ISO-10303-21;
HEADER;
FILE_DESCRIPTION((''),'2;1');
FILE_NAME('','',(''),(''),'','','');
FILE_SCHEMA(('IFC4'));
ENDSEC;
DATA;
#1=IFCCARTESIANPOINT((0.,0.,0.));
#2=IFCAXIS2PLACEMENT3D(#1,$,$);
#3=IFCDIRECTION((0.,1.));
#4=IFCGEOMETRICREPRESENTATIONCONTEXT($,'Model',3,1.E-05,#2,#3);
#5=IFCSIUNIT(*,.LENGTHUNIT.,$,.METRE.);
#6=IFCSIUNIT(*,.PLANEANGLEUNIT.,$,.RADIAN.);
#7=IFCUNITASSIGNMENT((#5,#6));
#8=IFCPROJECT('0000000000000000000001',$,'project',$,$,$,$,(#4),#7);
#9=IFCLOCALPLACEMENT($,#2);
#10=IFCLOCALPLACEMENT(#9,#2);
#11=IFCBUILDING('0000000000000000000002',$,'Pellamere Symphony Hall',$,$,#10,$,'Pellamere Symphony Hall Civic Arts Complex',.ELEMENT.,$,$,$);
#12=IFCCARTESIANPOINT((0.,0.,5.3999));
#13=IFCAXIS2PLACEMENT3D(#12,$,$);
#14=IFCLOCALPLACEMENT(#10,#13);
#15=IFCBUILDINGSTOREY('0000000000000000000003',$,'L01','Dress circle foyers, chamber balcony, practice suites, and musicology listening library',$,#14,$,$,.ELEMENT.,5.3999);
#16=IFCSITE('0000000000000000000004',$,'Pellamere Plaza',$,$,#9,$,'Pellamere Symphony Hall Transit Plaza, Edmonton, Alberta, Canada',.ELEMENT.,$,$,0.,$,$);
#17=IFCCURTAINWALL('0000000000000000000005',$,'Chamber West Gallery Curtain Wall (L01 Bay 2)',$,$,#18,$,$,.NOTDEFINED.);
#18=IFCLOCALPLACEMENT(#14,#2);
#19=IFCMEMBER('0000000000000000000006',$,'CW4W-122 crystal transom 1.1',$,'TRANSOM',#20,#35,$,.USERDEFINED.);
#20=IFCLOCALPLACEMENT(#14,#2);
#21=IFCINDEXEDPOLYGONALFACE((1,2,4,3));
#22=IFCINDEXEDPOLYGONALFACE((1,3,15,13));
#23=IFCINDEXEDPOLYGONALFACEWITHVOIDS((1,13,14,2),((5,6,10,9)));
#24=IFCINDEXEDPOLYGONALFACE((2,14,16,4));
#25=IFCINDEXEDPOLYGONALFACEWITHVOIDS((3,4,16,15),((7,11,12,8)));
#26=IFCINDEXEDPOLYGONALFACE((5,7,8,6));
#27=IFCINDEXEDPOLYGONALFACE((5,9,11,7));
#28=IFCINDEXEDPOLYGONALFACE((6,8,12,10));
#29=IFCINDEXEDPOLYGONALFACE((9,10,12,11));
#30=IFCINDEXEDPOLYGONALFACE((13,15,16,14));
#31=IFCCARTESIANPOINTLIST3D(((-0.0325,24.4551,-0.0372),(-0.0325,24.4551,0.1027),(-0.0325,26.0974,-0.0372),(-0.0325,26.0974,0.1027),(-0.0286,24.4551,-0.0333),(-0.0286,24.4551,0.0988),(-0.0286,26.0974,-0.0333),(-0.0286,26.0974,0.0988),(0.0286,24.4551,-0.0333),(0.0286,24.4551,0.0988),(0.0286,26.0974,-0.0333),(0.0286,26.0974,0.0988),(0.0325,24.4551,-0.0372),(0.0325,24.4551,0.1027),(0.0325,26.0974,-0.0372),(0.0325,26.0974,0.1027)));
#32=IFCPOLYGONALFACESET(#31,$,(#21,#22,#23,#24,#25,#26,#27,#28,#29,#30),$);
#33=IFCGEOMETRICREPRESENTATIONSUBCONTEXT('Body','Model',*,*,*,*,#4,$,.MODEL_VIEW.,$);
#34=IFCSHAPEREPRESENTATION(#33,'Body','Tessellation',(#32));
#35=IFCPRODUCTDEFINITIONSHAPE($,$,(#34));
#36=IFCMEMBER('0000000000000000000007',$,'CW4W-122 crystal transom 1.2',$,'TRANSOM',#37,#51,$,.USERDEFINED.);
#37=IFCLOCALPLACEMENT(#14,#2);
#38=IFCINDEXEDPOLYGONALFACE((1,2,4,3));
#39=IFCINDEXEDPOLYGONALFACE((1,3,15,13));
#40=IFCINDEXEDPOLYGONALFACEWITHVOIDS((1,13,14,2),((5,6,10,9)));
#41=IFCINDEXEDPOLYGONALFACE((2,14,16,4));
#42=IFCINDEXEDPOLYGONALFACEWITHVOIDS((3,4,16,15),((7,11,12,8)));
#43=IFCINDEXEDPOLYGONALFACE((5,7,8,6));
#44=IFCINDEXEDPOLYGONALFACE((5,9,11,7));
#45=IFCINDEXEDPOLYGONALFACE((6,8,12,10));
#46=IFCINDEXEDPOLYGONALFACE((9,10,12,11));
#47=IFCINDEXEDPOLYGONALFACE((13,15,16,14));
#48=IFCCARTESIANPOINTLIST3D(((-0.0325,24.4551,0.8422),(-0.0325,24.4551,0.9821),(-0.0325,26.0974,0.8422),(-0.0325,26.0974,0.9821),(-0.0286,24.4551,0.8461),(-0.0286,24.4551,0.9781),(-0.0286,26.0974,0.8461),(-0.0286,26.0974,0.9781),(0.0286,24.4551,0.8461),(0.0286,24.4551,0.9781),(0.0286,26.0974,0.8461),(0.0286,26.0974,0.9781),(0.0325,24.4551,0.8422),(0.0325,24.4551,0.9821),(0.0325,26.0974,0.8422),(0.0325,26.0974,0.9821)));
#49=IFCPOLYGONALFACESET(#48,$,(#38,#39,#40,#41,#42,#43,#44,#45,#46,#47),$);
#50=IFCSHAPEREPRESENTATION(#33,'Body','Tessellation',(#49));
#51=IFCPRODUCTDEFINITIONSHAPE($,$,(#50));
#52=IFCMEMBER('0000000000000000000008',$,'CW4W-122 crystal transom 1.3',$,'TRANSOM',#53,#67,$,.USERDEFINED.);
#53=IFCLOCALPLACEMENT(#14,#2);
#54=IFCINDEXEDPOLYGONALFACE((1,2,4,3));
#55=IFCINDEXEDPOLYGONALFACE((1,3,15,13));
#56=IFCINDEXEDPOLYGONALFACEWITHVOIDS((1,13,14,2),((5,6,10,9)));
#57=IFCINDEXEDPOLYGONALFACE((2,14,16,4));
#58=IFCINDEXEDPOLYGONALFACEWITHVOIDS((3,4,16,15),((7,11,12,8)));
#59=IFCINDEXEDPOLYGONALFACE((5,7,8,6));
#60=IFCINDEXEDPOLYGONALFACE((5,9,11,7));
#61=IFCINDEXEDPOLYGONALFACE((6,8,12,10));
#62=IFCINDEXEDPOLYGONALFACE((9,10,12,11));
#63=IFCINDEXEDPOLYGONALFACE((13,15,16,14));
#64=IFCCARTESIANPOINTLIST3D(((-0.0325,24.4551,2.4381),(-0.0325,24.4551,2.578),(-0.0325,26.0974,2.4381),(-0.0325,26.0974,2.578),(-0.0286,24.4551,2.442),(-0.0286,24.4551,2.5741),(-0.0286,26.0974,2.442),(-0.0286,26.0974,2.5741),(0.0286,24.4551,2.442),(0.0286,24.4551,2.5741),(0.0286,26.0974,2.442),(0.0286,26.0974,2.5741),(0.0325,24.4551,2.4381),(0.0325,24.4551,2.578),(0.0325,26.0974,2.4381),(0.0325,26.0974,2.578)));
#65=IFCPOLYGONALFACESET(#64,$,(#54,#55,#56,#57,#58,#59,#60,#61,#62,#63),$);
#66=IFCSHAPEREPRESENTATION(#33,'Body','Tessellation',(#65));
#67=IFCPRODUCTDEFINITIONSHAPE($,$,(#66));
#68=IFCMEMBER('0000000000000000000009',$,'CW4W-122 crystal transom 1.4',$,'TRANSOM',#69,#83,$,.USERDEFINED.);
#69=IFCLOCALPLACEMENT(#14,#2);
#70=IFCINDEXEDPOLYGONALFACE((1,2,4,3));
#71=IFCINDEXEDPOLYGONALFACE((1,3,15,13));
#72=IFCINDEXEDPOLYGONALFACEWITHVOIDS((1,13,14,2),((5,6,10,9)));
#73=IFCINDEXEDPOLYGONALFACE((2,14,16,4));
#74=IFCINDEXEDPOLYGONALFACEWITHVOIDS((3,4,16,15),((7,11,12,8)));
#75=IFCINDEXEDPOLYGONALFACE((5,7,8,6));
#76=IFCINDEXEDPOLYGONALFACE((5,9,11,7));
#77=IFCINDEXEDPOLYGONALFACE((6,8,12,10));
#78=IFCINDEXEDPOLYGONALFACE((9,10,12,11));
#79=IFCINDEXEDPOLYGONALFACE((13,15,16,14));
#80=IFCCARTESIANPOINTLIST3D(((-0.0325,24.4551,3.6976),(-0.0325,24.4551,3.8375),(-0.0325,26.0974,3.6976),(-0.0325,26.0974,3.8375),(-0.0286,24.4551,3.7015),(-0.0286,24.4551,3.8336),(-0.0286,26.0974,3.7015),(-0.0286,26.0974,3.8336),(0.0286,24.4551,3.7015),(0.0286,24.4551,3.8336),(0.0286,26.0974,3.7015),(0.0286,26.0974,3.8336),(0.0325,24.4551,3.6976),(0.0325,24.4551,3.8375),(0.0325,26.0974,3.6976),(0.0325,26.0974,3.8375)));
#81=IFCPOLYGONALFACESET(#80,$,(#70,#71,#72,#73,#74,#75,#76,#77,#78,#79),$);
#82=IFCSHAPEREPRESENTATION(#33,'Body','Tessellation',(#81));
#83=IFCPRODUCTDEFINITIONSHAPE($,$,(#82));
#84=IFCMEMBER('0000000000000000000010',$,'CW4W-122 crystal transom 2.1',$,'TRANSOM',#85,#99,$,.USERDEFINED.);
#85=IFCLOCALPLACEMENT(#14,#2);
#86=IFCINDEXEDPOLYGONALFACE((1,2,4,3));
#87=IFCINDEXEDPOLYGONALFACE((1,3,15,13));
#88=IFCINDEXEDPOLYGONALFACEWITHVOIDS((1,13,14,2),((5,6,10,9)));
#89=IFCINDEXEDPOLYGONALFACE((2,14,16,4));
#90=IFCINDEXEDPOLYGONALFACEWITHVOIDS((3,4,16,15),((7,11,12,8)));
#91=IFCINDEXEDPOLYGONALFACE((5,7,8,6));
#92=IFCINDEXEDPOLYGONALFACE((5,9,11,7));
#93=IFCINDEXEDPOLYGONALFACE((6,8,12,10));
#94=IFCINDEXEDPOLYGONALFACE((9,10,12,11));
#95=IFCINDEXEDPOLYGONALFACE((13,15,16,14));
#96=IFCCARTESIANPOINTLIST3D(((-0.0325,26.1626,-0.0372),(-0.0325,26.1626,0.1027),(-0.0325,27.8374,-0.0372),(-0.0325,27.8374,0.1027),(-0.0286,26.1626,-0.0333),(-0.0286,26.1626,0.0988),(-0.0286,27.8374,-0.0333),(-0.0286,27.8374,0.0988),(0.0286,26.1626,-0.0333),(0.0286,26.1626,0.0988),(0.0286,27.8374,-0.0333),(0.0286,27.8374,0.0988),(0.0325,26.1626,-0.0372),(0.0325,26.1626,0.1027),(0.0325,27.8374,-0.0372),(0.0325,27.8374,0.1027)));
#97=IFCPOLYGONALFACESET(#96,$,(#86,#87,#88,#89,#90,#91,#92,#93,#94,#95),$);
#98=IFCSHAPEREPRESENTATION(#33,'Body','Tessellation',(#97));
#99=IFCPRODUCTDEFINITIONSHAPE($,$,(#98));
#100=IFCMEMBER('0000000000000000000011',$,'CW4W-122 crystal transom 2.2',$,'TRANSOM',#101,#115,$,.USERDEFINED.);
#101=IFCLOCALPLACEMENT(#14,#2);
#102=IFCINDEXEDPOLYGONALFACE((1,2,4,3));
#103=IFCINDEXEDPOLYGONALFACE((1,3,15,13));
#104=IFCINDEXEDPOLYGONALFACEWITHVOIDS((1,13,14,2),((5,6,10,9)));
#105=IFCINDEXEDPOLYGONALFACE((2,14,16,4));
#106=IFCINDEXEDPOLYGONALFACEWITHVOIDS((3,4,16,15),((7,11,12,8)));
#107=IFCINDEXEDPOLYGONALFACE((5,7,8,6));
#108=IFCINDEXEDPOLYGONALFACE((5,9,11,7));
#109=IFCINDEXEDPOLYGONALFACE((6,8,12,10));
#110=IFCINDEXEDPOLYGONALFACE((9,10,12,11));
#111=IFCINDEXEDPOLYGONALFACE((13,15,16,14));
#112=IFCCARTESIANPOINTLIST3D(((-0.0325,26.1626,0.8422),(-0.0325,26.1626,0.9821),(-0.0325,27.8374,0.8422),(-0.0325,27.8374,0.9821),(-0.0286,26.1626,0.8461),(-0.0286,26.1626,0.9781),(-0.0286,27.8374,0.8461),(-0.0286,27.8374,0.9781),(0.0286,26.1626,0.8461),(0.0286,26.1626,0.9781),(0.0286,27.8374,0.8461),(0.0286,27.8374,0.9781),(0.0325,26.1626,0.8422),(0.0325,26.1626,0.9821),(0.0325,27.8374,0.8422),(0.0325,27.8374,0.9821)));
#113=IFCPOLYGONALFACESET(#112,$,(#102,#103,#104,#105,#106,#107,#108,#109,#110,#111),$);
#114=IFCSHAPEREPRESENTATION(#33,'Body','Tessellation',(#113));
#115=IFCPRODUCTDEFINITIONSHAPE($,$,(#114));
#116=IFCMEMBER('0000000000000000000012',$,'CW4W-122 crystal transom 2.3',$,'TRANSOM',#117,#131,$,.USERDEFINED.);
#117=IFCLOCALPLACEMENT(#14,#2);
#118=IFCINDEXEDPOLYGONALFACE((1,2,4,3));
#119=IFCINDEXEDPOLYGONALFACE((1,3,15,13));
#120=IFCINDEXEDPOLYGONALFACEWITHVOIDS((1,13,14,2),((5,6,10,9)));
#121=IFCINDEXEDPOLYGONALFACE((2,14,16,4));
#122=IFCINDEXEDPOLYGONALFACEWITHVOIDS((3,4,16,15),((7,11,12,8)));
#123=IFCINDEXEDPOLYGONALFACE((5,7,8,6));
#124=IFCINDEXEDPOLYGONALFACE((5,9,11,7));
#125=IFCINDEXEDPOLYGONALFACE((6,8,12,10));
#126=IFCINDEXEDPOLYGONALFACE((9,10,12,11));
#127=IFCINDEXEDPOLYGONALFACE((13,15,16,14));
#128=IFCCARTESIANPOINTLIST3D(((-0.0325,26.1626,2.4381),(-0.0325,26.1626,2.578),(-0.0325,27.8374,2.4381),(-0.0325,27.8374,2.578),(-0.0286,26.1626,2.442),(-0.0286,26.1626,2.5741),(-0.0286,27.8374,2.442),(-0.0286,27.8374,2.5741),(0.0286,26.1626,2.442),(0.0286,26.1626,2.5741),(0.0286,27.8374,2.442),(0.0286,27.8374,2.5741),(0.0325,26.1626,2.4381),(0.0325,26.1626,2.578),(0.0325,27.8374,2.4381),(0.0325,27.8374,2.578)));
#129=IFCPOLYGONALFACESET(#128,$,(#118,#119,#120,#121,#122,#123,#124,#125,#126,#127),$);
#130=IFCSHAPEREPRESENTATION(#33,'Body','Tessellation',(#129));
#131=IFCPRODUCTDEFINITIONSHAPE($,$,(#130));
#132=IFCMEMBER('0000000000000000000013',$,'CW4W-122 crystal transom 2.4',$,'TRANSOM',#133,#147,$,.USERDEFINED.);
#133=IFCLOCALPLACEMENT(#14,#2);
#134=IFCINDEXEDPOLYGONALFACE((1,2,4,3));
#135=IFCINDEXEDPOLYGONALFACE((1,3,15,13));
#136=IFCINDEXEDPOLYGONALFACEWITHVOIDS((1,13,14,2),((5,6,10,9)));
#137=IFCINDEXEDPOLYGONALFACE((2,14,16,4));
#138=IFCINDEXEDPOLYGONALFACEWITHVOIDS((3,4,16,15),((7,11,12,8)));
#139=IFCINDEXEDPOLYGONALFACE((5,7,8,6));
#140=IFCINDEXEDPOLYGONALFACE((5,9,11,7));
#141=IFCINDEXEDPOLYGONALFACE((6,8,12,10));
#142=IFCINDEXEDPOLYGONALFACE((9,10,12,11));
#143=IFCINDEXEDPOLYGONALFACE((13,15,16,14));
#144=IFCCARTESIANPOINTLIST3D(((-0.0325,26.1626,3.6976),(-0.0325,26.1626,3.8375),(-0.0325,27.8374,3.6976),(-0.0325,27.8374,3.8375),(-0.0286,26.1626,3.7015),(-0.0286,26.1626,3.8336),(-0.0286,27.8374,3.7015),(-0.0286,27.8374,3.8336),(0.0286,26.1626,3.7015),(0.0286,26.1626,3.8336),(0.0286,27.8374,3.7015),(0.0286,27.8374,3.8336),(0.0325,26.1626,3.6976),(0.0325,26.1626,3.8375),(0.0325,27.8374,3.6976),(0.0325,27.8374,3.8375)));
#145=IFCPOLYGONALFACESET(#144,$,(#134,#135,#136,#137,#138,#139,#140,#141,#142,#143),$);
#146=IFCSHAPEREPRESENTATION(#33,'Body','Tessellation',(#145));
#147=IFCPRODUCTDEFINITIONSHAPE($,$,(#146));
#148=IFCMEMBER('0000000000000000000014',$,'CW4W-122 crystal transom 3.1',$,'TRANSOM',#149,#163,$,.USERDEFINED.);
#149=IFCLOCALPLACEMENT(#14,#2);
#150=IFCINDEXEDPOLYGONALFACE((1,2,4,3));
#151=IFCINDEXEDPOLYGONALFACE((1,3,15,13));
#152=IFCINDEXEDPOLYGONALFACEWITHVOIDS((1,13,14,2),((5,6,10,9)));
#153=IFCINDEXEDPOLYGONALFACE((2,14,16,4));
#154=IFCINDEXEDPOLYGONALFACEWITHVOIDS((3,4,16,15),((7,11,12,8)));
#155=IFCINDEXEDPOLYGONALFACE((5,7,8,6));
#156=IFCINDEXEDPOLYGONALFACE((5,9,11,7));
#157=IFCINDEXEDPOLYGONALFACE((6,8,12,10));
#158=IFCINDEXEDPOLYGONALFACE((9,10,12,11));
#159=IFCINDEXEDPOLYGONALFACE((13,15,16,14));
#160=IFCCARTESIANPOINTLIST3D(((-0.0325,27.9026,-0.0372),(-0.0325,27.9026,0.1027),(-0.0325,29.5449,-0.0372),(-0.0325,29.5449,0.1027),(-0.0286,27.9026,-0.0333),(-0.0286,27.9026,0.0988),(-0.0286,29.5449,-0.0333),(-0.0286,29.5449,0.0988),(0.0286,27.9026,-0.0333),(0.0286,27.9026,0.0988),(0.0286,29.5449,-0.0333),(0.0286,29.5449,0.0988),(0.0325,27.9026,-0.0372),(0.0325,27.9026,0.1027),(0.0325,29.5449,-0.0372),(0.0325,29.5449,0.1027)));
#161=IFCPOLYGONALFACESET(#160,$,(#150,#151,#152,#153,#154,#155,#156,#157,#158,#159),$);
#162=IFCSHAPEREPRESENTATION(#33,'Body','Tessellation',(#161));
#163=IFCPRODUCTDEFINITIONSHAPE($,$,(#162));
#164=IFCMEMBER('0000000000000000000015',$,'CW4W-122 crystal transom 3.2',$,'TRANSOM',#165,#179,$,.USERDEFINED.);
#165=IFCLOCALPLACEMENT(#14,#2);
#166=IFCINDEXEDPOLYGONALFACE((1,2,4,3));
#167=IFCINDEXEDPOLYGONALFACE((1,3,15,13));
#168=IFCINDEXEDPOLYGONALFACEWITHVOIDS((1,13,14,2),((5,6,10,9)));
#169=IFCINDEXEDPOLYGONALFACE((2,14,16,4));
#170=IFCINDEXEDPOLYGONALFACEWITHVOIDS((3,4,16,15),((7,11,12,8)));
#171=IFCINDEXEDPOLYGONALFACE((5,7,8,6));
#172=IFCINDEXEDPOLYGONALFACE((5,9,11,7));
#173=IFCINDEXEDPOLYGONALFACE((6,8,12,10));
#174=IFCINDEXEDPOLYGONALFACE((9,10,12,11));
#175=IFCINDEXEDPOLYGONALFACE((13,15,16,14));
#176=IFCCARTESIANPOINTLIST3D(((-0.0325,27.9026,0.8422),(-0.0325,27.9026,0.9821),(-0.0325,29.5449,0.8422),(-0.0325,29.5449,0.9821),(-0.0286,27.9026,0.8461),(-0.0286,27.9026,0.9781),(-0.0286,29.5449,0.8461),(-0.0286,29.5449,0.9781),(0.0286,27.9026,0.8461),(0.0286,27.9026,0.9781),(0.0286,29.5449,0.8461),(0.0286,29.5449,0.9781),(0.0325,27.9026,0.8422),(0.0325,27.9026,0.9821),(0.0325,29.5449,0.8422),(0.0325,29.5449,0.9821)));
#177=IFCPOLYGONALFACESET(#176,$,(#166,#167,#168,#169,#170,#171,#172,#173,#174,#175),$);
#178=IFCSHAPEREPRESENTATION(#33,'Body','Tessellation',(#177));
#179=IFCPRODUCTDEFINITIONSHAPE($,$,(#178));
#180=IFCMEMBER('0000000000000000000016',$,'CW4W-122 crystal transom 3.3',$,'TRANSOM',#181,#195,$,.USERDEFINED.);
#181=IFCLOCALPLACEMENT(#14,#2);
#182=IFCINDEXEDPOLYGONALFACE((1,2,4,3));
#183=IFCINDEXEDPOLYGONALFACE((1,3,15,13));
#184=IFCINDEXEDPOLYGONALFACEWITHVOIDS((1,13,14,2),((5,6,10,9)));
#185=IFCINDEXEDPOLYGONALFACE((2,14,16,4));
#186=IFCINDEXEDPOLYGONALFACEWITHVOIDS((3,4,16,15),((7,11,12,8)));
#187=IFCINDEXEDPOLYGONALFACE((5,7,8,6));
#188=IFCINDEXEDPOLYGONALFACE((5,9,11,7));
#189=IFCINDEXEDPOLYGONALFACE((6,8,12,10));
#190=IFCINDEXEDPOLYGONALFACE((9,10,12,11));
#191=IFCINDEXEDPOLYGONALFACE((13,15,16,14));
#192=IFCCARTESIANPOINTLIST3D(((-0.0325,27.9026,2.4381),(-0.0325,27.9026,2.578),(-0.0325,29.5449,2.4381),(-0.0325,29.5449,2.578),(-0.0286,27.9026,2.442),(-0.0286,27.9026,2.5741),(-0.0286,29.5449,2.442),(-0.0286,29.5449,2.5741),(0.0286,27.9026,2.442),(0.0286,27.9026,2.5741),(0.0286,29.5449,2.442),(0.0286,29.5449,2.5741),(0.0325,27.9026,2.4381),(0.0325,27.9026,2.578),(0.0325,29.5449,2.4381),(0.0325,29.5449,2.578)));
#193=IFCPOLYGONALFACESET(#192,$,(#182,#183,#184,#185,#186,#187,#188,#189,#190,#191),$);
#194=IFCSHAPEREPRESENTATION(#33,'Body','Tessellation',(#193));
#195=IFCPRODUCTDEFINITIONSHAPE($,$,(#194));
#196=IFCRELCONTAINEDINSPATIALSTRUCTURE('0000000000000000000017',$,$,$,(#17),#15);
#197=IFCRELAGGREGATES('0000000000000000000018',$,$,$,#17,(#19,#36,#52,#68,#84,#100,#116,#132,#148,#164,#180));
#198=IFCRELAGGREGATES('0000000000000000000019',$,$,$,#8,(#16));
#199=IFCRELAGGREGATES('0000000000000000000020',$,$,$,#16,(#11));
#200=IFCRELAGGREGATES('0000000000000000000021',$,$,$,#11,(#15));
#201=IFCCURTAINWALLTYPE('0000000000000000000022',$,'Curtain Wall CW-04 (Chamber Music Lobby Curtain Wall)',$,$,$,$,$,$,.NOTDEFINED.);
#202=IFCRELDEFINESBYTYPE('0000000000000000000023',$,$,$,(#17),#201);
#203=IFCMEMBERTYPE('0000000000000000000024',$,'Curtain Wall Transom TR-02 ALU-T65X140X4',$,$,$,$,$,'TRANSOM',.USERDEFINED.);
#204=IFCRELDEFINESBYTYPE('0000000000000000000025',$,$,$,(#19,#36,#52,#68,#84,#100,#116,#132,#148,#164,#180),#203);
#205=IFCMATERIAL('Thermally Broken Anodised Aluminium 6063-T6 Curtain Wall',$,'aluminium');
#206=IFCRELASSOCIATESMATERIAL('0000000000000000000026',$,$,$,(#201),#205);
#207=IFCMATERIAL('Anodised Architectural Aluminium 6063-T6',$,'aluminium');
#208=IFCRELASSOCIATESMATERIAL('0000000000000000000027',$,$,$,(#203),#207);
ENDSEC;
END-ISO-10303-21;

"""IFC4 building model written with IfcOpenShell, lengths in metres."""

from ifc_helpers import new_model, si_unit, direction, frame, origin, origin_2d, place, context, subcontext, project, spatial, hollow_rectangle, extrude, material, material_profile, profile_set, type_object, element, aggregate, save


model = new_model("IFC4")

# Units and contexts
model_context = context("Model", 3, precision=1e-05, world=origin(), true_north=direction((0.0, 1.0)))
body_context = subcontext(model_context, "Body", "Model", "MODEL_VIEW")
ifc_project = project(units=[si_unit("LENGTHUNIT", "METRE"), si_unit("PLANEANGLEUNIT", "RADIAN")], contexts=[model_context])

# Site, building, storey
site_placement = place(None, origin())
site = spatial("IfcSite", under=ifc_project, at=site_placement, Name="Pellamere Plaza", LongName="Pellamere Symphony Hall Transit Plaza, Edmonton, Alberta, Canada", CompositionType="ELEMENT", RefElevation=0.0)
building_placement = place(site_placement, origin())
building = spatial("IfcBuilding", under=site, at=building_placement, Name="Pellamere Symphony Hall", LongName="Pellamere Symphony Hall Civic Arts Complex", CompositionType="ELEMENT")
storey_placement = place(building_placement, frame((0.0, 0.0, 5.3999)))
storey = spatial("IfcBuildingStorey", under=building, at=storey_placement, Name="L01", Description="Dress circle foyers, chamber balcony, practice suites, and musicology listening library", CompositionType="ELEMENT", Elevation=5.3999)

# Curtain wall
ifc_material_1 = material(Name="Thermally Broken Anodised Aluminium 6063-T6 Curtain Wall", Category="aluminium")
curtain_wall_type = type_object("IfcCurtainWallType", Name="Curtain Wall CW-04 (Chamber Music Lobby Curtain Wall)", PredefinedType="NOTDEFINED", material=ifc_material_1)
ifc_material_2 = material(Name="Anodised Architectural Aluminium 6063-T6", Category="aluminium")
curtain_wall_1_placement = place(storey_placement, origin())
curtain_wall_1 = element("IfcCurtainWall", 1, at=curtain_wall_1_placement, inside=storey, type_object=curtain_wall_type, Name="Chamber West Gallery Curtain Wall (L01 Bay 2)", PredefinedType="NOTDEFINED")

# Members
ifc_material_profile_1 = material_profile(ifc_material_2, hollow_rectangle(XDim=0.0649, YDim=0.1399, WallThickness=0.0039, at=origin_2d()), Name="ALU-T65X140X4")
ifc_profile_set_1 = profile_set([ifc_material_profile_1], Name="Anodised Architectural Aluminium 6063-T6")
member_type_1 = type_object("IfcMemberType", Name="Curtain Wall Transom TR-02 ALU-T65X140X4", ElementType="TRANSOM", PredefinedType="USERDEFINED", material=ifc_profile_set_1)
member_1_placement = place(storey_placement, frame((0.0, 24.4551, 0.0327), z_axis=(0.0, 1.0, 0.0), x_axis=(-1.0, 0.0, 0.0)))
member_1 = element("IfcMember", 2, at=member_1_placement, type_object=member_type_1, Name="CW4W-122 crystal transom 1.1", ObjectType="TRANSOM", PredefinedType="USERDEFINED", context=body_context, shape_type="SweptSolid", body=[
    extrude(hollow_rectangle(XDim=0.0649, YDim=0.1399, WallThickness=0.0039, at=origin_2d()), origin(), (0.0, 0.0, 1.0), 1.6423),
])
member_2_placement = place(storey_placement, frame((0.0, 24.4551, 0.9121), z_axis=(0.0, 1.0, 0.0), x_axis=(-1.0, 0.0, 0.0)))
member_2 = element("IfcMember", 3, at=member_2_placement, type_object=member_type_1, Name="CW4W-122 crystal transom 1.2", ObjectType="TRANSOM", PredefinedType="USERDEFINED", context=body_context, shape_type="SweptSolid", body=[
    extrude(hollow_rectangle(XDim=0.0649, YDim=0.1399, WallThickness=0.0039, at=origin_2d()), origin(), (0.0, 0.0, 1.0), 1.6423),
])
member_3_placement = place(storey_placement, frame((0.0, 24.4551, 2.5081), z_axis=(0.0, 1.0, 0.0), x_axis=(-1.0, 0.0, 0.0)))
member_3 = element("IfcMember", 4, at=member_3_placement, type_object=member_type_1, Name="CW4W-122 crystal transom 1.3", ObjectType="TRANSOM", PredefinedType="USERDEFINED", context=body_context, shape_type="SweptSolid", body=[
    extrude(hollow_rectangle(XDim=0.0649, YDim=0.1399, WallThickness=0.0039, at=origin_2d()), origin(), (0.0, 0.0, 1.0), 1.6423),
])
member_4_placement = place(storey_placement, frame((0.0, 24.4551, 3.7676), z_axis=(0.0, 1.0, 0.0), x_axis=(-1.0, 0.0, 0.0)))
member_4 = element("IfcMember", 5, at=member_4_placement, type_object=member_type_1, Name="CW4W-122 crystal transom 1.4", ObjectType="TRANSOM", PredefinedType="USERDEFINED", context=body_context, shape_type="SweptSolid", body=[
    extrude(hollow_rectangle(XDim=0.0649, YDim=0.1399, WallThickness=0.0039, at=origin_2d()), origin(), (0.0, 0.0, 1.0), 1.6423),
])
member_5_placement = place(storey_placement, frame((0.0, 26.1626, 0.0327), z_axis=(0.0, 1.0, 0.0), x_axis=(-1.0, 0.0, 0.0)))
member_5 = element("IfcMember", 6, at=member_5_placement, type_object=member_type_1, Name="CW4W-122 crystal transom 2.1", ObjectType="TRANSOM", PredefinedType="USERDEFINED", context=body_context, shape_type="SweptSolid", body=[
    extrude(hollow_rectangle(XDim=0.0649, YDim=0.1399, WallThickness=0.0039, at=origin_2d()), origin(), (0.0, 0.0, 1.0), 1.6748),
])
member_6_placement = place(storey_placement, frame((0.0, 26.1626, 0.9121), z_axis=(0.0, 1.0, 0.0), x_axis=(-1.0, 0.0, 0.0)))
member_6 = element("IfcMember", 7, at=member_6_placement, type_object=member_type_1, Name="CW4W-122 crystal transom 2.2", ObjectType="TRANSOM", PredefinedType="USERDEFINED", context=body_context, shape_type="SweptSolid", body=[
    extrude(hollow_rectangle(XDim=0.0649, YDim=0.1399, WallThickness=0.0039, at=origin_2d()), origin(), (0.0, 0.0, 1.0), 1.6748),
])
member_7_placement = place(storey_placement, frame((0.0, 26.1626, 2.5081), z_axis=(0.0, 1.0, 0.0), x_axis=(-1.0, 0.0, 0.0)))
member_7 = element("IfcMember", 8, at=member_7_placement, type_object=member_type_1, Name="CW4W-122 crystal transom 2.3", ObjectType="TRANSOM", PredefinedType="USERDEFINED", context=body_context, shape_type="SweptSolid", body=[
    extrude(hollow_rectangle(XDim=0.0649, YDim=0.1399, WallThickness=0.0039, at=origin_2d()), origin(), (0.0, 0.0, 1.0), 1.6748),
])
member_8_placement = place(storey_placement, frame((0.0, 26.1626, 3.7676), z_axis=(0.0, 1.0, 0.0), x_axis=(-1.0, 0.0, 0.0)))
member_8 = element("IfcMember", 9, at=member_8_placement, type_object=member_type_1, Name="CW4W-122 crystal transom 2.4", ObjectType="TRANSOM", PredefinedType="USERDEFINED", context=body_context, shape_type="SweptSolid", body=[
    extrude(hollow_rectangle(XDim=0.0649, YDim=0.1399, WallThickness=0.0039, at=origin_2d()), origin(), (0.0, 0.0, 1.0), 1.6748),
])
member_9_placement = place(storey_placement, frame((0.0, 27.9026, 0.0327), z_axis=(0.0, 1.0, 0.0), x_axis=(-1.0, 0.0, 0.0)))
member_9 = element("IfcMember", 10, at=member_9_placement, type_object=member_type_1, Name="CW4W-122 crystal transom 3.1", ObjectType="TRANSOM", PredefinedType="USERDEFINED", context=body_context, shape_type="SweptSolid", body=[
    extrude(hollow_rectangle(XDim=0.0649, YDim=0.1399, WallThickness=0.0039, at=origin_2d()), origin(), (0.0, 0.0, 1.0), 1.6423),
])
member_10_placement = place(storey_placement, frame((0.0, 27.9026, 0.9121), z_axis=(0.0, 1.0, 0.0), x_axis=(-1.0, 0.0, 0.0)))
member_10 = element("IfcMember", 11, at=member_10_placement, type_object=member_type_1, Name="CW4W-122 crystal transom 3.2", ObjectType="TRANSOM", PredefinedType="USERDEFINED", context=body_context, shape_type="SweptSolid", body=[
    extrude(hollow_rectangle(XDim=0.0649, YDim=0.1399, WallThickness=0.0039, at=origin_2d()), origin(), (0.0, 0.0, 1.0), 1.6423),
])
member_11_placement = place(storey_placement, frame((0.0, 27.9026, 2.5081), z_axis=(0.0, 1.0, 0.0), x_axis=(-1.0, 0.0, 0.0)))
member_11 = element("IfcMember", 12, at=member_11_placement, type_object=member_type_1, Name="CW4W-122 crystal transom 3.3", ObjectType="TRANSOM", PredefinedType="USERDEFINED", context=body_context, shape_type="SweptSolid", body=[
    extrude(hollow_rectangle(XDim=0.0649, YDim=0.1399, WallThickness=0.0039, at=origin_2d()), origin(), (0.0, 0.0, 1.0), 1.6423),
])

aggregate(curtain_wall_1, [member_1, member_2, member_3, member_4, member_5, member_6, member_7, member_8, member_9, member_10, member_11])

save(model, "model.ifc")
